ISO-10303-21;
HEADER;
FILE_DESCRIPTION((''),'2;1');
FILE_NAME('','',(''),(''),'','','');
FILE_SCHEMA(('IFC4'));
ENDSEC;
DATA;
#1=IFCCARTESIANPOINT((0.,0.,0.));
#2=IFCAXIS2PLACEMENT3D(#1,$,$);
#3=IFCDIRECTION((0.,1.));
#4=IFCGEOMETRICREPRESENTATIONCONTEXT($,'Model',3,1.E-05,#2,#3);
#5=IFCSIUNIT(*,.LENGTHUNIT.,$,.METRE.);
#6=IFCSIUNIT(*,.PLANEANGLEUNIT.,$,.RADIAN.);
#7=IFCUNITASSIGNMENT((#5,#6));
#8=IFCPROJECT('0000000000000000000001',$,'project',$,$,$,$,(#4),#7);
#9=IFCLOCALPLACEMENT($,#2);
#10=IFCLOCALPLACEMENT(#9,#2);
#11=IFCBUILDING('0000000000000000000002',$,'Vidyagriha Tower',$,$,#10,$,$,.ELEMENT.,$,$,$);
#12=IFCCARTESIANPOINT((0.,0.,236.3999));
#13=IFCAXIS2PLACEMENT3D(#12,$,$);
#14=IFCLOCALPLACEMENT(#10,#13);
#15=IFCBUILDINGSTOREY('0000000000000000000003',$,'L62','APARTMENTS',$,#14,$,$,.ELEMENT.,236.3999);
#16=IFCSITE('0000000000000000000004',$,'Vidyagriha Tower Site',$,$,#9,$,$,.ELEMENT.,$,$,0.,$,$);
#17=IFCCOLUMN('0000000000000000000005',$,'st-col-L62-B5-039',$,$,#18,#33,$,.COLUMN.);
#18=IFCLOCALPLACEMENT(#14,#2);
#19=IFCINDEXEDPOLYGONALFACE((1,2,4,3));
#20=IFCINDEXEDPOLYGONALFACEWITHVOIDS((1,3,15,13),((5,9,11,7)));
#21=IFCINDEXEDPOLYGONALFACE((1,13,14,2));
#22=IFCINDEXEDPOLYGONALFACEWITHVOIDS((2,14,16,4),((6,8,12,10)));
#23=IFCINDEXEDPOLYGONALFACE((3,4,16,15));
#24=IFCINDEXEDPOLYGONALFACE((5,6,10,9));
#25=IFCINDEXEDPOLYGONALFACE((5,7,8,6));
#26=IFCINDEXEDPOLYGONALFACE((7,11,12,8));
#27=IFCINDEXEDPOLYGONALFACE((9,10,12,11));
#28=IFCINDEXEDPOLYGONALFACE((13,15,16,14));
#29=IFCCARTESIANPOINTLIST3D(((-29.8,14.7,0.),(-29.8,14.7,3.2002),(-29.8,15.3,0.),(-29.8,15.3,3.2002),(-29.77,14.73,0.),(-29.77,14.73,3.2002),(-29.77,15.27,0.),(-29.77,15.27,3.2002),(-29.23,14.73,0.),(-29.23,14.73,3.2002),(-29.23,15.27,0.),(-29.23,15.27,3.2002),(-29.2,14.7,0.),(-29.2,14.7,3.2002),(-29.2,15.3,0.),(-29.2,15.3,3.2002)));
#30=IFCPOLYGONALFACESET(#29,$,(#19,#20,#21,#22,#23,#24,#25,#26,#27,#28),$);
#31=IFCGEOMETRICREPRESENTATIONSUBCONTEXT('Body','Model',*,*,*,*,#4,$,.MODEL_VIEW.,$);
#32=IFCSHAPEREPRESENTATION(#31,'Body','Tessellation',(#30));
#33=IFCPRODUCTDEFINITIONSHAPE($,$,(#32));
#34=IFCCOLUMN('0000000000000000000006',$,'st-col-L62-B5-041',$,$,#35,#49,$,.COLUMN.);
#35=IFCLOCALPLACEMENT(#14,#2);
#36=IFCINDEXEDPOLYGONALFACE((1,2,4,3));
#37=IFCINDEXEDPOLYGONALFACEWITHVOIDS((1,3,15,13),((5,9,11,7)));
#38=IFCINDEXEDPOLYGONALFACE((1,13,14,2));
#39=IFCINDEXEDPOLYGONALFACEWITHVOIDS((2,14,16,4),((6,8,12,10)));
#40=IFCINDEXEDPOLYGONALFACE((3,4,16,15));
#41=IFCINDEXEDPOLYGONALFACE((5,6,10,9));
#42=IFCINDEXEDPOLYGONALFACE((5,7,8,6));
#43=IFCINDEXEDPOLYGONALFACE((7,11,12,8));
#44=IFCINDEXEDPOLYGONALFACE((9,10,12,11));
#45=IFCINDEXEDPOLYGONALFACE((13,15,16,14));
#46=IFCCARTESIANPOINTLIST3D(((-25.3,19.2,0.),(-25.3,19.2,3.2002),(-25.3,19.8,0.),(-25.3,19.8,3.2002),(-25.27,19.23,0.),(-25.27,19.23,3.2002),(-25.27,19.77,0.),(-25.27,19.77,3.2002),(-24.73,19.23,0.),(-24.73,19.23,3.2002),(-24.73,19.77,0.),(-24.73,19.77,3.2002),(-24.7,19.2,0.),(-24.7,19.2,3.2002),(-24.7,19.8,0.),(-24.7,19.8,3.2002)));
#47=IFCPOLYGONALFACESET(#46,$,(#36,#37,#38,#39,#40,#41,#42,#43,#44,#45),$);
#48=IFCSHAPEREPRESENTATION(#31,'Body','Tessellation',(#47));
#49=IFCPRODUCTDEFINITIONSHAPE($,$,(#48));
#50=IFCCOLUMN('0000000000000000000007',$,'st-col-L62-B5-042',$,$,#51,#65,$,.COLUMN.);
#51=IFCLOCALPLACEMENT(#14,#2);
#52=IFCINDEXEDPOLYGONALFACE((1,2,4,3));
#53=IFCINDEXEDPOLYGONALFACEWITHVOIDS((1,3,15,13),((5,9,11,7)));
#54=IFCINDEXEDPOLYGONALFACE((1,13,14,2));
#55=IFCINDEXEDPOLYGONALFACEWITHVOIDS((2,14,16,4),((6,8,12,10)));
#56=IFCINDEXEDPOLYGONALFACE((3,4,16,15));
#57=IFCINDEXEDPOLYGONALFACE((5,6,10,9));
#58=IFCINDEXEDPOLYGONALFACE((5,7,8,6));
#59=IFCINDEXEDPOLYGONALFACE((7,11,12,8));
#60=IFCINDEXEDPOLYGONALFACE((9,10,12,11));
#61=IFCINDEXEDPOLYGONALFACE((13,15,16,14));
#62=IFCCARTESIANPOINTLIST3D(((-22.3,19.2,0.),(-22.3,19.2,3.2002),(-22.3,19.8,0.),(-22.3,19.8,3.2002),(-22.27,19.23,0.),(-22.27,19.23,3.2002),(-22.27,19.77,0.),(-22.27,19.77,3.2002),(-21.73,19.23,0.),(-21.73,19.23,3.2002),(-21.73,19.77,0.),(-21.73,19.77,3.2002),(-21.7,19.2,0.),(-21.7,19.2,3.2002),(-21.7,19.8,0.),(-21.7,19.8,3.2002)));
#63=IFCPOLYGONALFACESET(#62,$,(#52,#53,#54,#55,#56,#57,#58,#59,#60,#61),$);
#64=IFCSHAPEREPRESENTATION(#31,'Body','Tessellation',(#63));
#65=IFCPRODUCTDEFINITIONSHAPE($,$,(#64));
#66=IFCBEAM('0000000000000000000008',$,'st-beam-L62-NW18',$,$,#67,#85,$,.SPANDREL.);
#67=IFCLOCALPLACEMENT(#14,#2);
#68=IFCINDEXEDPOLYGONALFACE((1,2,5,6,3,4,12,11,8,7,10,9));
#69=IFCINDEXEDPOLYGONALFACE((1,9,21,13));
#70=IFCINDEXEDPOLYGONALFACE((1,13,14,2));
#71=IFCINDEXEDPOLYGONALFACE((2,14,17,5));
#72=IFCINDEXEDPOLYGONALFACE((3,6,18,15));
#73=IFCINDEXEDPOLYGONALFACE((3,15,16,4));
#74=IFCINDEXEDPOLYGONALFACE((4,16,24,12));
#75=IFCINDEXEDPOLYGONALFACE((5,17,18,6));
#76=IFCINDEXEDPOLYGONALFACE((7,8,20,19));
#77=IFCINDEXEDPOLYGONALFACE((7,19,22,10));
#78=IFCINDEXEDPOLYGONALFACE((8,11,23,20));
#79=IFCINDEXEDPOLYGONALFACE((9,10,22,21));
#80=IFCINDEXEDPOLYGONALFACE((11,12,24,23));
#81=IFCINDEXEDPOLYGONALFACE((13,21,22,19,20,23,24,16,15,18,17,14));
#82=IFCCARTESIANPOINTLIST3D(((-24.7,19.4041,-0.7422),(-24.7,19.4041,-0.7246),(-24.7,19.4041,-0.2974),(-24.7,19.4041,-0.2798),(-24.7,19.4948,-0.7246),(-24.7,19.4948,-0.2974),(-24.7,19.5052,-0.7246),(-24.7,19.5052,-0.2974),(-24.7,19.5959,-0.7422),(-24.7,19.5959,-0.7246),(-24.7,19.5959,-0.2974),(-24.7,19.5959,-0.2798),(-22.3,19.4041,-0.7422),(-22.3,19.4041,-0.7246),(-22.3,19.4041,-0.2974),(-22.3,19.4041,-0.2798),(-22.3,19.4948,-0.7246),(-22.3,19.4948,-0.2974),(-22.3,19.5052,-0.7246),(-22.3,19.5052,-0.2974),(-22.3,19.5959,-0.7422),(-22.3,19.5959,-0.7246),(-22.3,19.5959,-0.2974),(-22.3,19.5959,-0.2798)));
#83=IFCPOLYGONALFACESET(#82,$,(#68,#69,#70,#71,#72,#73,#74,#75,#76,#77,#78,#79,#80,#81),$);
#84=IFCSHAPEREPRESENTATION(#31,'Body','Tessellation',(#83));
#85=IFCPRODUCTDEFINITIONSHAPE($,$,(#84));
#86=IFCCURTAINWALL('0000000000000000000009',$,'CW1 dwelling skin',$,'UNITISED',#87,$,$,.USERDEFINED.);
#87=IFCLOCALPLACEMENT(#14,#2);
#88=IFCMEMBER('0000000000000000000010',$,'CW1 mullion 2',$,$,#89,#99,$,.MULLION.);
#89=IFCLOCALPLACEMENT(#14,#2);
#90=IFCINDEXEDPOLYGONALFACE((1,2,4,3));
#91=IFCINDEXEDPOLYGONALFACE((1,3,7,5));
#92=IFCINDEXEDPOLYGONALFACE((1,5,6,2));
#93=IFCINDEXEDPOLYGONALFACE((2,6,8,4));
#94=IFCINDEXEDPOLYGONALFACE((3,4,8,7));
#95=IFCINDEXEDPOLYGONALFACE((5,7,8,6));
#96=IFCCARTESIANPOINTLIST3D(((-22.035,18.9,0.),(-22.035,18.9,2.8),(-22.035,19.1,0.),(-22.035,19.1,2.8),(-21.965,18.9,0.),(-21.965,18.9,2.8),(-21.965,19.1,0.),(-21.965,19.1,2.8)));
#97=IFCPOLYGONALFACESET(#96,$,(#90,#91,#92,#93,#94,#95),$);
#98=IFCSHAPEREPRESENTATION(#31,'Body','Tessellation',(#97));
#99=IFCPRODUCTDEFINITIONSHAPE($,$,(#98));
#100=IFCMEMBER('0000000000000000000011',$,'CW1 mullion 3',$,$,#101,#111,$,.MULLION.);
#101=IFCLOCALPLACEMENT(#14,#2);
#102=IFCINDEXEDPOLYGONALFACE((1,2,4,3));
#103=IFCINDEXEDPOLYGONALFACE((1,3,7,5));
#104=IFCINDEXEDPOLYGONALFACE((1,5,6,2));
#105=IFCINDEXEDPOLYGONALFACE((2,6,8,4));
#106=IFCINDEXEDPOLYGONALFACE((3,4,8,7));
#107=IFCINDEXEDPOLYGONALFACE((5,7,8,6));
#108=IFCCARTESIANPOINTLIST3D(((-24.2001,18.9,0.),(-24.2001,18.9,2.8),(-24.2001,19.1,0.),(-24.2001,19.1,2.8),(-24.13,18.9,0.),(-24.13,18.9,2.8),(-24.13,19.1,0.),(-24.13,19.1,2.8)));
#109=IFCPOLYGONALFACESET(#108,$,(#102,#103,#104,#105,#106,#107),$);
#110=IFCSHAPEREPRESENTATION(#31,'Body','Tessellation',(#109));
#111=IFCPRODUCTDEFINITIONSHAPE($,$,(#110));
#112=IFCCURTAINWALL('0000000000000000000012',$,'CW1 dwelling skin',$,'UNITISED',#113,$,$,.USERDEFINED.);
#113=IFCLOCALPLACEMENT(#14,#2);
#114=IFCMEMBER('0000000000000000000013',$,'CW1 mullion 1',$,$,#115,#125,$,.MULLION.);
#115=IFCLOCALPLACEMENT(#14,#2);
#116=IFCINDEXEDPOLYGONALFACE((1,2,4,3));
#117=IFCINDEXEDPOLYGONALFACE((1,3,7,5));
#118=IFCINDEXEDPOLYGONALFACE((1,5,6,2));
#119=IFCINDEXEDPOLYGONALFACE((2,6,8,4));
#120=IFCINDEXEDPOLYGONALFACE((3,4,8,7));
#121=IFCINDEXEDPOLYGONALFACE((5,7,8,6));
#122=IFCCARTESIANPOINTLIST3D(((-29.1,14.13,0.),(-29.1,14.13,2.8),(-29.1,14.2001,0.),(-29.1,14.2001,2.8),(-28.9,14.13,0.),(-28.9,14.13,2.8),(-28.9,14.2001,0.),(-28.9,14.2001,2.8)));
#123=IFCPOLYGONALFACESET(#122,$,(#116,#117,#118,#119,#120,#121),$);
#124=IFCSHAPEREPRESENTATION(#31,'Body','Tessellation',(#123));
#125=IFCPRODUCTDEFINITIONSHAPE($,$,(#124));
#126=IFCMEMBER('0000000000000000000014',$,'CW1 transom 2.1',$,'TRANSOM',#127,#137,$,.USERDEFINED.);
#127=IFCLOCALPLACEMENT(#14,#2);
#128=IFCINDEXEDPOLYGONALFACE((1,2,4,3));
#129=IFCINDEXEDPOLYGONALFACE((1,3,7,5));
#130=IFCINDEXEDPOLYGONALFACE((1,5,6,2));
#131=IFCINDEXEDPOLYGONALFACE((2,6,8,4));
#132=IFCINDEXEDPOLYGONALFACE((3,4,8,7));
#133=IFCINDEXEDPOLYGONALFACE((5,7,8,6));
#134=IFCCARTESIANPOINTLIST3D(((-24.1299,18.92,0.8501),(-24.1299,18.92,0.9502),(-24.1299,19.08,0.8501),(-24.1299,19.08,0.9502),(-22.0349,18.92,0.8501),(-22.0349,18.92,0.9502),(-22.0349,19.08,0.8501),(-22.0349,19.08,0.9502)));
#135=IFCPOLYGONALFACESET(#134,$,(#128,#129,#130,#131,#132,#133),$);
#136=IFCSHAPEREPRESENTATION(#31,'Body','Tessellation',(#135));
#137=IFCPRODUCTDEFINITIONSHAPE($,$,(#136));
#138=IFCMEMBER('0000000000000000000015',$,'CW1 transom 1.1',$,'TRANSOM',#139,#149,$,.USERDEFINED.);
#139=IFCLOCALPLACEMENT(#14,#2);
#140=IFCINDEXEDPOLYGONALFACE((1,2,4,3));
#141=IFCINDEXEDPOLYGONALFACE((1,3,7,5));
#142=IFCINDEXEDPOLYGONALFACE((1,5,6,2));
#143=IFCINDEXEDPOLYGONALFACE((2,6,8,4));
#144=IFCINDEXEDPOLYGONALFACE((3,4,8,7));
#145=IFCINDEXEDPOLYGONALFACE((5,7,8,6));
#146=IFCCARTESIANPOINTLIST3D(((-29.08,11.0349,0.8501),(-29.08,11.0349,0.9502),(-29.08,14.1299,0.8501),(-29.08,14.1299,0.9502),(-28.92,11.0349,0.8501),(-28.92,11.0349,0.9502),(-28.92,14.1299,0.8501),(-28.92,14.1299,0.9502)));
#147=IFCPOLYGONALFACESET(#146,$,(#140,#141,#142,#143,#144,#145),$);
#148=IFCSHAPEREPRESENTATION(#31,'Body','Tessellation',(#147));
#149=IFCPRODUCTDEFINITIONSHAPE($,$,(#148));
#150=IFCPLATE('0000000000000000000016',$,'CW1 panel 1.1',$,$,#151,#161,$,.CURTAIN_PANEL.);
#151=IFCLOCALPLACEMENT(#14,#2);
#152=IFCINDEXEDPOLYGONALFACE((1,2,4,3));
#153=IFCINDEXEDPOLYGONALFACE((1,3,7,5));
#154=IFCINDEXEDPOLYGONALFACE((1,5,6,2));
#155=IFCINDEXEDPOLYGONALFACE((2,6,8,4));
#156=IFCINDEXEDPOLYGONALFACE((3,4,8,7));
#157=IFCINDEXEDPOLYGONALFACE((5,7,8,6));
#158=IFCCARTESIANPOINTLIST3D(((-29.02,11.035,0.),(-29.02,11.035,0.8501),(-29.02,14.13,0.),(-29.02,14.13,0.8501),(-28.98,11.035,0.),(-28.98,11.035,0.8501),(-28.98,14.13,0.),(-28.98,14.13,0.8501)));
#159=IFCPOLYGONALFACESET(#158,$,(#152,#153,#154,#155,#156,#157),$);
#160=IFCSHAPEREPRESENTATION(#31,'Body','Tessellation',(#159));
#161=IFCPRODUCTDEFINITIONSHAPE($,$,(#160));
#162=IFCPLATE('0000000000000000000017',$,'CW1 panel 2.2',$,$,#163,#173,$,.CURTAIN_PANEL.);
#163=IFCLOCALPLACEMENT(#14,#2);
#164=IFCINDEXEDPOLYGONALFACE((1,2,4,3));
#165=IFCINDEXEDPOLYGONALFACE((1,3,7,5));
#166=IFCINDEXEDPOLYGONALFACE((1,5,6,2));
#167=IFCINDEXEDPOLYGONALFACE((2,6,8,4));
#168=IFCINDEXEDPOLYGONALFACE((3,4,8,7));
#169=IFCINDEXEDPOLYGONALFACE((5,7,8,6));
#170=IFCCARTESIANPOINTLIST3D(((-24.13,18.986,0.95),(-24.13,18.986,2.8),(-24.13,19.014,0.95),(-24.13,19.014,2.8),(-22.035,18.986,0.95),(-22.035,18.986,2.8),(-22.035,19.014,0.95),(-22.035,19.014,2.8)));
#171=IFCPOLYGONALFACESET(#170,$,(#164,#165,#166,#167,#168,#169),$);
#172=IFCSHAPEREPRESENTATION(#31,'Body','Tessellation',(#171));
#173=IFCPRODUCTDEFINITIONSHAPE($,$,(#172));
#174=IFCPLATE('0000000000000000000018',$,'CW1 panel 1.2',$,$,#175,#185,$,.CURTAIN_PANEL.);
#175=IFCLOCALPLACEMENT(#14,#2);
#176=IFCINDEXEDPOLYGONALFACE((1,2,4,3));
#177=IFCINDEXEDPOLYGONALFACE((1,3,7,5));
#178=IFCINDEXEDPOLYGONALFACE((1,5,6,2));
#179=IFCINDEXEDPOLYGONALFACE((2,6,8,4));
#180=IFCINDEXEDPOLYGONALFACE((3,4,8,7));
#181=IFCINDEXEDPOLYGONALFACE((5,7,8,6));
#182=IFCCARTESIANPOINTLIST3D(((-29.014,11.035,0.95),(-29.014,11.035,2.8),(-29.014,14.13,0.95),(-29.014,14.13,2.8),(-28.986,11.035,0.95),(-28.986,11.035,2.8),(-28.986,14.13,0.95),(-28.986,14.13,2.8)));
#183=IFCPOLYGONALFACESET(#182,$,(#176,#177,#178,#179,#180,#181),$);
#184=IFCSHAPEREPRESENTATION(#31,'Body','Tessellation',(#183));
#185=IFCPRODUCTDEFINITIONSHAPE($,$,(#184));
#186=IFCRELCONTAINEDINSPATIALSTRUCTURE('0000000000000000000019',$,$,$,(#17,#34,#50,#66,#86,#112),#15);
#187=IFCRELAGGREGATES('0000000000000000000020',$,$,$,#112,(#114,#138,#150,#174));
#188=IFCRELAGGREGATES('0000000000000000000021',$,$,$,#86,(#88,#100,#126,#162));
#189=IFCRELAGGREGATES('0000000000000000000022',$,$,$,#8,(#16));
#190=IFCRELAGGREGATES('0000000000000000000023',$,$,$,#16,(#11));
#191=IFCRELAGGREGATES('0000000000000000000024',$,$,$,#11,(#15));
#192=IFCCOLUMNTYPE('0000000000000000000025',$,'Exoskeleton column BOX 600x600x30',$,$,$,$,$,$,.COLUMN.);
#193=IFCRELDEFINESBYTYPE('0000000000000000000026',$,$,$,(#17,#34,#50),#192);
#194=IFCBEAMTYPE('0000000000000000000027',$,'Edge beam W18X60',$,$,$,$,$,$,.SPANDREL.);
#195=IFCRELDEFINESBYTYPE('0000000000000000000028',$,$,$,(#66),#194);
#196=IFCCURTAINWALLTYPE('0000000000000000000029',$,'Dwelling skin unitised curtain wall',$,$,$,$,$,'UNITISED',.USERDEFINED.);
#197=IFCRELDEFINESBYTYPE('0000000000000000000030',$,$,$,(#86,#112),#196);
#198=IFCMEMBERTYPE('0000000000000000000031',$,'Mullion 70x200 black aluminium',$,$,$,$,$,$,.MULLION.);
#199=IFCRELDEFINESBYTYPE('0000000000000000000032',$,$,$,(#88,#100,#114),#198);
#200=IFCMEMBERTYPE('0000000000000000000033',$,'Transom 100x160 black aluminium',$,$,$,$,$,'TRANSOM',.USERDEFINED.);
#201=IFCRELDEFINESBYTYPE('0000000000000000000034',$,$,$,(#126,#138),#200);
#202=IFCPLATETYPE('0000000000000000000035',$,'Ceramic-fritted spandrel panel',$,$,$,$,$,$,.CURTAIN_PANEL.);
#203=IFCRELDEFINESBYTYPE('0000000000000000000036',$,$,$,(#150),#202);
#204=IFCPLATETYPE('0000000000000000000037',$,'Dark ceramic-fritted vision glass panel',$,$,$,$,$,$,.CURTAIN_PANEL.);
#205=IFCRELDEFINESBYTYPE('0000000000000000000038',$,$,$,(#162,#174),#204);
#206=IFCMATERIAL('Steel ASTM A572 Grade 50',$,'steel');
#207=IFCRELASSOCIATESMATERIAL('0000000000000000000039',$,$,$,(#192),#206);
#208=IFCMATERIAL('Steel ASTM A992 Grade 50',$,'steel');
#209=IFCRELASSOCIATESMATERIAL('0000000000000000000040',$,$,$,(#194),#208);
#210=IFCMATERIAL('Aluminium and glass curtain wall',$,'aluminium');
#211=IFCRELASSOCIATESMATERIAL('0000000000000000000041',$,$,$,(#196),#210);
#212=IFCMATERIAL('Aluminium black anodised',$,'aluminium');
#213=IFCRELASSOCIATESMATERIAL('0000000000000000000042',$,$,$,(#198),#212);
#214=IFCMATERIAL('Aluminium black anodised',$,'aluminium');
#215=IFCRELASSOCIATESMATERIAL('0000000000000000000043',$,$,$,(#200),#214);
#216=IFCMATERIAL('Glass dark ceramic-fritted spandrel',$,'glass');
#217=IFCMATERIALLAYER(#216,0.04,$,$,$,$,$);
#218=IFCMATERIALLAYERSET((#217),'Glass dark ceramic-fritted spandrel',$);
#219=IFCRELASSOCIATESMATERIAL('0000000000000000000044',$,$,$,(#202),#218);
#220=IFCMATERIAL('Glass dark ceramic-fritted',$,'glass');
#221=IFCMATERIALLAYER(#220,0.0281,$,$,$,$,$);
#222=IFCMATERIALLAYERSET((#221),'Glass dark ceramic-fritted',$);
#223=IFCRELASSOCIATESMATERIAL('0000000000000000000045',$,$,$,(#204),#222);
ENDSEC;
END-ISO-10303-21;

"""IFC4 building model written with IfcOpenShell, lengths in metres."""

from ifc_helpers import new_model, si_unit, direction, frame, origin, origin_2d, place, context, subcontext, project, spatial, rectangle, hollow_rectangle, i_section, extrude, material, layer, layer_set, material_profile, profile_set, type_object, element, aggregate, save


model = new_model("IFC4")

# Units and contexts
model_context = context("Model", 3, precision=1e-05, world=origin(), true_north=direction((0.0, 1.0)))
body_context = subcontext(model_context, "Body", "Model", "MODEL_VIEW")
ifc_project = project(units=[si_unit("LENGTHUNIT", "METRE"), si_unit("PLANEANGLEUNIT", "RADIAN")], contexts=[model_context])

# Site, building, storey
site_placement = place(None, origin())
site = spatial("IfcSite", under=ifc_project, at=site_placement, Name="Vidyagriha Tower Site", CompositionType="ELEMENT", RefElevation=0.0)
building_placement = place(site_placement, origin())
building = spatial("IfcBuilding", under=site, at=building_placement, Name="Vidyagriha Tower", CompositionType="ELEMENT")
storey_placement = place(building_placement, frame((0.0, 0.0, 236.3999)))
storey = spatial("IfcBuildingStorey", under=building, at=storey_placement, Name="L62", Description="APARTMENTS", CompositionType="ELEMENT", Elevation=236.3999)

# Columns
ifc_material_1 = material(Name="Steel ASTM A572 Grade 50", Category="steel")
ifc_material_profile_1 = material_profile(ifc_material_1, hollow_rectangle(XDim=0.6001, YDim=0.6001, WallThickness=0.03, at=origin_2d()), Name="BOX 600x600x30")
ifc_profile_set_1 = profile_set([ifc_material_profile_1], Name="Steel ASTM A572 Grade 50")
column_type = type_object("IfcColumnType", Name="Exoskeleton column BOX 600x600x30", PredefinedType="COLUMN", material=ifc_profile_set_1)
for number, where, name in (
    (1, (-29.5, 15.0, 0.0), "st-col-L62-B5-039"),
    (2, (-25.0, 19.5, 0.0), "st-col-L62-B5-041"),
    (3, (-22.0, 19.5, 0.0), "st-col-L62-B5-042"),
):
    element("IfcColumn", number, at=place(storey_placement, frame(where)), inside=storey, type_object=column_type, Name=name, PredefinedType="COLUMN", context=body_context, shape_type="SweptSolid", body=[
        extrude(hollow_rectangle(XDim=0.6001, YDim=0.6001, WallThickness=0.03, at=origin_2d()), origin(), (0.0, 0.0, 1.0), 3.2002),
    ])

# Beam
ifc_material_2 = material(Name="Steel ASTM A992 Grade 50", Category="steel")
ifc_material_profile_2 = material_profile(ifc_material_2, i_section(OverallWidth=0.1919, OverallDepth=0.4624, WebThickness=0.0105, FlangeThickness=0.0176, at=origin_2d()), Name="W18X60")
ifc_profile_set_2 = profile_set([ifc_material_profile_2], Name="Steel ASTM A992 Grade 50")
beam_type = type_object("IfcBeamType", Name="Edge beam W18X60", PredefinedType="SPANDREL", material=ifc_profile_set_2)
beam_placement = place(storey_placement, frame((-24.7, 19.5, -0.511), z_axis=(1.0, 0.0, 0.0), x_axis=(0.0, 1.0, 0.0)))
element("IfcBeam", 4, at=beam_placement, inside=storey, type_object=beam_type, Name="st-beam-L62-NW18", PredefinedType="SPANDREL", context=body_context, shape_type="SweptSolid", body=[
    extrude(i_section(OverallWidth=0.1919, OverallDepth=0.4624, WebThickness=0.0105, FlangeThickness=0.0176, at=origin_2d()), origin(), (0.0, 0.0, 1.0), 2.3999),
])

# Curtain wall, members
ifc_material_3 = material(Name="Aluminium and glass curtain wall", Category="aluminium")
curtain_wall_type = type_object("IfcCurtainWallType", Name="Dwelling skin unitised curtain wall", ElementType="UNITISED", PredefinedType="USERDEFINED", material=ifc_material_3)
curtain_wall_1_placement = place(storey_placement, origin())
curtain_wall_1 = element("IfcCurtainWall", 5, at=curtain_wall_1_placement, inside=storey, type_object=curtain_wall_type, Name="CW1 dwelling skin", ObjectType="UNITISED", PredefinedType="USERDEFINED")
ifc_material_4 = material(Name="Aluminium black anodised", Category="aluminium")
ifc_material_profile_3 = material_profile(ifc_material_4, rectangle(XDim=0.2, YDim=0.0701, at=origin_2d()), Name="Mullion 70x200 black aluminium")
ifc_profile_set_3 = profile_set([ifc_material_profile_3], Name="Aluminium black anodised")
member_type_1 = type_object("IfcMemberType", Name="Mullion 70x200 black aluminium", PredefinedType="MULLION", material=ifc_profile_set_3)
member_1_placement = place(storey_placement, frame((-22.0, 19.0, 0.0), z_axis=(0.0, 0.0, 1.0), x_axis=(0.0, -1.0, 0.0)))
member_1 = element("IfcMember", 6, at=member_1_placement, type_object=member_type_1, Name="CW1 mullion 2", PredefinedType="MULLION", context=body_context, shape_type="SweptSolid", body=[
    extrude(rectangle(XDim=0.2, YDim=0.0701, at=origin_2d()), origin(), (0.0, 0.0, 1.0), 2.8),
])
member_2_placement = place(storey_placement, frame((-24.165, 19.0, 0.0), z_axis=(0.0, 0.0, 1.0), x_axis=(0.0, -1.0, 0.0)))
member_2 = element("IfcMember", 7, at=member_2_placement, type_object=member_type_1, Name="CW1 mullion 3", PredefinedType="MULLION", context=body_context, shape_type="SweptSolid", body=[
    extrude(rectangle(XDim=0.2, YDim=0.0701, at=origin_2d()), origin(), (0.0, 0.0, 1.0), 2.8),
])

# Curtain wall, member
curtain_wall_2_placement = place(storey_placement, origin())
curtain_wall_2 = element("IfcCurtainWall", 8, at=curtain_wall_2_placement, inside=storey, type_object=curtain_wall_type, Name="CW1 dwelling skin", ObjectType="UNITISED", PredefinedType="USERDEFINED")
member_3_placement = place(storey_placement, frame((-29.0, 14.165, 0.0)))
member_3 = element("IfcMember", 9, at=member_3_placement, type_object=member_type_1, Name="CW1 mullion 1", PredefinedType="MULLION", context=body_context, shape_type="SweptSolid", body=[
    extrude(rectangle(XDim=0.2, YDim=0.0701, at=origin_2d()), origin(), (0.0, 0.0, 1.0), 2.8),
])

# Members
ifc_material_5 = material(Name="Aluminium black anodised", Category="aluminium")
ifc_material_profile_4 = material_profile(ifc_material_5, rectangle(XDim=0.1599, YDim=0.1001, at=origin_2d()), Name="Transom 100x160 black aluminium")
ifc_profile_set_4 = profile_set([ifc_material_profile_4], Name="Aluminium black anodised")
member_type_2 = type_object("IfcMemberType", Name="Transom 100x160 black aluminium", ElementType="TRANSOM", PredefinedType="USERDEFINED", material=ifc_profile_set_4)
member_4_placement = place(storey_placement, frame((-22.0349, 19.0, 0.9001), z_axis=(-1.0, 0.0, 0.0), x_axis=(0.0, -1.0, 0.0)))
member_4 = element("IfcMember", 10, at=member_4_placement, type_object=member_type_2, Name="CW1 transom 2.1", ObjectType="TRANSOM", PredefinedType="USERDEFINED", context=body_context, shape_type="SweptSolid", body=[
    extrude(rectangle(XDim=0.1599, YDim=0.1001, at=origin_2d()), origin(), (0.0, 0.0, 1.0), 2.095),
])
member_5_placement = place(storey_placement, frame((-29.0, 14.1299, 0.9001), z_axis=(0.0, -1.0, 0.0), x_axis=(1.0, 0.0, 0.0)))
member_5 = element("IfcMember", 11, at=member_5_placement, type_object=member_type_2, Name="CW1 transom 1.1", ObjectType="TRANSOM", PredefinedType="USERDEFINED", context=body_context, shape_type="SweptSolid", body=[
    extrude(rectangle(XDim=0.1599, YDim=0.1001, at=origin_2d()), origin(), (0.0, 0.0, 1.0), 3.095),
])

# Plates
ifc_material_6 = material(Name="Glass dark ceramic-fritted spandrel", Category="glass")
ifc_layer_1 = layer(ifc_material_6, 0.04)
ifc_layer_set_1 = layer_set([ifc_layer_1], Name="Glass dark ceramic-fritted spandrel")
plate_type_1 = type_object("IfcPlateType", Name="Ceramic-fritted spandrel panel", PredefinedType="CURTAIN_PANEL", material=ifc_layer_set_1)
plate_1_placement = place(storey_placement, frame((-29.0, 12.5825, 0.0), z_axis=(0.0, 0.0, 1.0), x_axis=(0.0, -1.0, 0.0)))
plate_1 = element("IfcPlate", 12, at=plate_1_placement, type_object=plate_type_1, Name="CW1 panel 1.1", PredefinedType="CURTAIN_PANEL", context=body_context, shape_type="SweptSolid", body=[
    extrude(rectangle(XDim=3.095, YDim=0.04, at=origin_2d()), origin(), (0.0, 0.0, 1.0), 0.8501),
])
ifc_material_7 = material(Name="Glass dark ceramic-fritted", Category="glass")
ifc_layer_2 = layer(ifc_material_7, 0.0281)
ifc_layer_set_2 = layer_set([ifc_layer_2], Name="Glass dark ceramic-fritted")
plate_type_2 = type_object("IfcPlateType", Name="Dark ceramic-fritted vision glass panel", PredefinedType="CURTAIN_PANEL", material=ifc_layer_set_2)
plate_2_placement = place(storey_placement, frame((-23.0825, 19.0, 0.95), z_axis=(0.0, 0.0, 1.0), x_axis=(-1.0, 0.0, 0.0)))
plate_2 = element("IfcPlate", 13, at=plate_2_placement, type_object=plate_type_2, Name="CW1 panel 2.2", PredefinedType="CURTAIN_PANEL", context=body_context, shape_type="SweptSolid", body=[
    extrude(rectangle(XDim=2.095, YDim=0.0281, at=origin_2d()), origin(), (0.0, 0.0, 1.0), 1.8501),
])
plate_3_placement = place(storey_placement, frame((-29.0, 12.5825, 0.95), z_axis=(0.0, 0.0, 1.0), x_axis=(0.0, -1.0, 0.0)))
plate_3 = element("IfcPlate", 14, at=plate_3_placement, type_object=plate_type_2, Name="CW1 panel 1.2", PredefinedType="CURTAIN_PANEL", context=body_context, shape_type="SweptSolid", body=[
    extrude(rectangle(XDim=3.095, YDim=0.0281, at=origin_2d()), origin(), (0.0, 0.0, 1.0), 1.8501),
])
aggregate(curtain_wall_2, [member_3, member_5, plate_1, plate_3])
aggregate(curtain_wall_1, [member_1, member_2, member_4, plate_2])

save(model, "model.ifc")
